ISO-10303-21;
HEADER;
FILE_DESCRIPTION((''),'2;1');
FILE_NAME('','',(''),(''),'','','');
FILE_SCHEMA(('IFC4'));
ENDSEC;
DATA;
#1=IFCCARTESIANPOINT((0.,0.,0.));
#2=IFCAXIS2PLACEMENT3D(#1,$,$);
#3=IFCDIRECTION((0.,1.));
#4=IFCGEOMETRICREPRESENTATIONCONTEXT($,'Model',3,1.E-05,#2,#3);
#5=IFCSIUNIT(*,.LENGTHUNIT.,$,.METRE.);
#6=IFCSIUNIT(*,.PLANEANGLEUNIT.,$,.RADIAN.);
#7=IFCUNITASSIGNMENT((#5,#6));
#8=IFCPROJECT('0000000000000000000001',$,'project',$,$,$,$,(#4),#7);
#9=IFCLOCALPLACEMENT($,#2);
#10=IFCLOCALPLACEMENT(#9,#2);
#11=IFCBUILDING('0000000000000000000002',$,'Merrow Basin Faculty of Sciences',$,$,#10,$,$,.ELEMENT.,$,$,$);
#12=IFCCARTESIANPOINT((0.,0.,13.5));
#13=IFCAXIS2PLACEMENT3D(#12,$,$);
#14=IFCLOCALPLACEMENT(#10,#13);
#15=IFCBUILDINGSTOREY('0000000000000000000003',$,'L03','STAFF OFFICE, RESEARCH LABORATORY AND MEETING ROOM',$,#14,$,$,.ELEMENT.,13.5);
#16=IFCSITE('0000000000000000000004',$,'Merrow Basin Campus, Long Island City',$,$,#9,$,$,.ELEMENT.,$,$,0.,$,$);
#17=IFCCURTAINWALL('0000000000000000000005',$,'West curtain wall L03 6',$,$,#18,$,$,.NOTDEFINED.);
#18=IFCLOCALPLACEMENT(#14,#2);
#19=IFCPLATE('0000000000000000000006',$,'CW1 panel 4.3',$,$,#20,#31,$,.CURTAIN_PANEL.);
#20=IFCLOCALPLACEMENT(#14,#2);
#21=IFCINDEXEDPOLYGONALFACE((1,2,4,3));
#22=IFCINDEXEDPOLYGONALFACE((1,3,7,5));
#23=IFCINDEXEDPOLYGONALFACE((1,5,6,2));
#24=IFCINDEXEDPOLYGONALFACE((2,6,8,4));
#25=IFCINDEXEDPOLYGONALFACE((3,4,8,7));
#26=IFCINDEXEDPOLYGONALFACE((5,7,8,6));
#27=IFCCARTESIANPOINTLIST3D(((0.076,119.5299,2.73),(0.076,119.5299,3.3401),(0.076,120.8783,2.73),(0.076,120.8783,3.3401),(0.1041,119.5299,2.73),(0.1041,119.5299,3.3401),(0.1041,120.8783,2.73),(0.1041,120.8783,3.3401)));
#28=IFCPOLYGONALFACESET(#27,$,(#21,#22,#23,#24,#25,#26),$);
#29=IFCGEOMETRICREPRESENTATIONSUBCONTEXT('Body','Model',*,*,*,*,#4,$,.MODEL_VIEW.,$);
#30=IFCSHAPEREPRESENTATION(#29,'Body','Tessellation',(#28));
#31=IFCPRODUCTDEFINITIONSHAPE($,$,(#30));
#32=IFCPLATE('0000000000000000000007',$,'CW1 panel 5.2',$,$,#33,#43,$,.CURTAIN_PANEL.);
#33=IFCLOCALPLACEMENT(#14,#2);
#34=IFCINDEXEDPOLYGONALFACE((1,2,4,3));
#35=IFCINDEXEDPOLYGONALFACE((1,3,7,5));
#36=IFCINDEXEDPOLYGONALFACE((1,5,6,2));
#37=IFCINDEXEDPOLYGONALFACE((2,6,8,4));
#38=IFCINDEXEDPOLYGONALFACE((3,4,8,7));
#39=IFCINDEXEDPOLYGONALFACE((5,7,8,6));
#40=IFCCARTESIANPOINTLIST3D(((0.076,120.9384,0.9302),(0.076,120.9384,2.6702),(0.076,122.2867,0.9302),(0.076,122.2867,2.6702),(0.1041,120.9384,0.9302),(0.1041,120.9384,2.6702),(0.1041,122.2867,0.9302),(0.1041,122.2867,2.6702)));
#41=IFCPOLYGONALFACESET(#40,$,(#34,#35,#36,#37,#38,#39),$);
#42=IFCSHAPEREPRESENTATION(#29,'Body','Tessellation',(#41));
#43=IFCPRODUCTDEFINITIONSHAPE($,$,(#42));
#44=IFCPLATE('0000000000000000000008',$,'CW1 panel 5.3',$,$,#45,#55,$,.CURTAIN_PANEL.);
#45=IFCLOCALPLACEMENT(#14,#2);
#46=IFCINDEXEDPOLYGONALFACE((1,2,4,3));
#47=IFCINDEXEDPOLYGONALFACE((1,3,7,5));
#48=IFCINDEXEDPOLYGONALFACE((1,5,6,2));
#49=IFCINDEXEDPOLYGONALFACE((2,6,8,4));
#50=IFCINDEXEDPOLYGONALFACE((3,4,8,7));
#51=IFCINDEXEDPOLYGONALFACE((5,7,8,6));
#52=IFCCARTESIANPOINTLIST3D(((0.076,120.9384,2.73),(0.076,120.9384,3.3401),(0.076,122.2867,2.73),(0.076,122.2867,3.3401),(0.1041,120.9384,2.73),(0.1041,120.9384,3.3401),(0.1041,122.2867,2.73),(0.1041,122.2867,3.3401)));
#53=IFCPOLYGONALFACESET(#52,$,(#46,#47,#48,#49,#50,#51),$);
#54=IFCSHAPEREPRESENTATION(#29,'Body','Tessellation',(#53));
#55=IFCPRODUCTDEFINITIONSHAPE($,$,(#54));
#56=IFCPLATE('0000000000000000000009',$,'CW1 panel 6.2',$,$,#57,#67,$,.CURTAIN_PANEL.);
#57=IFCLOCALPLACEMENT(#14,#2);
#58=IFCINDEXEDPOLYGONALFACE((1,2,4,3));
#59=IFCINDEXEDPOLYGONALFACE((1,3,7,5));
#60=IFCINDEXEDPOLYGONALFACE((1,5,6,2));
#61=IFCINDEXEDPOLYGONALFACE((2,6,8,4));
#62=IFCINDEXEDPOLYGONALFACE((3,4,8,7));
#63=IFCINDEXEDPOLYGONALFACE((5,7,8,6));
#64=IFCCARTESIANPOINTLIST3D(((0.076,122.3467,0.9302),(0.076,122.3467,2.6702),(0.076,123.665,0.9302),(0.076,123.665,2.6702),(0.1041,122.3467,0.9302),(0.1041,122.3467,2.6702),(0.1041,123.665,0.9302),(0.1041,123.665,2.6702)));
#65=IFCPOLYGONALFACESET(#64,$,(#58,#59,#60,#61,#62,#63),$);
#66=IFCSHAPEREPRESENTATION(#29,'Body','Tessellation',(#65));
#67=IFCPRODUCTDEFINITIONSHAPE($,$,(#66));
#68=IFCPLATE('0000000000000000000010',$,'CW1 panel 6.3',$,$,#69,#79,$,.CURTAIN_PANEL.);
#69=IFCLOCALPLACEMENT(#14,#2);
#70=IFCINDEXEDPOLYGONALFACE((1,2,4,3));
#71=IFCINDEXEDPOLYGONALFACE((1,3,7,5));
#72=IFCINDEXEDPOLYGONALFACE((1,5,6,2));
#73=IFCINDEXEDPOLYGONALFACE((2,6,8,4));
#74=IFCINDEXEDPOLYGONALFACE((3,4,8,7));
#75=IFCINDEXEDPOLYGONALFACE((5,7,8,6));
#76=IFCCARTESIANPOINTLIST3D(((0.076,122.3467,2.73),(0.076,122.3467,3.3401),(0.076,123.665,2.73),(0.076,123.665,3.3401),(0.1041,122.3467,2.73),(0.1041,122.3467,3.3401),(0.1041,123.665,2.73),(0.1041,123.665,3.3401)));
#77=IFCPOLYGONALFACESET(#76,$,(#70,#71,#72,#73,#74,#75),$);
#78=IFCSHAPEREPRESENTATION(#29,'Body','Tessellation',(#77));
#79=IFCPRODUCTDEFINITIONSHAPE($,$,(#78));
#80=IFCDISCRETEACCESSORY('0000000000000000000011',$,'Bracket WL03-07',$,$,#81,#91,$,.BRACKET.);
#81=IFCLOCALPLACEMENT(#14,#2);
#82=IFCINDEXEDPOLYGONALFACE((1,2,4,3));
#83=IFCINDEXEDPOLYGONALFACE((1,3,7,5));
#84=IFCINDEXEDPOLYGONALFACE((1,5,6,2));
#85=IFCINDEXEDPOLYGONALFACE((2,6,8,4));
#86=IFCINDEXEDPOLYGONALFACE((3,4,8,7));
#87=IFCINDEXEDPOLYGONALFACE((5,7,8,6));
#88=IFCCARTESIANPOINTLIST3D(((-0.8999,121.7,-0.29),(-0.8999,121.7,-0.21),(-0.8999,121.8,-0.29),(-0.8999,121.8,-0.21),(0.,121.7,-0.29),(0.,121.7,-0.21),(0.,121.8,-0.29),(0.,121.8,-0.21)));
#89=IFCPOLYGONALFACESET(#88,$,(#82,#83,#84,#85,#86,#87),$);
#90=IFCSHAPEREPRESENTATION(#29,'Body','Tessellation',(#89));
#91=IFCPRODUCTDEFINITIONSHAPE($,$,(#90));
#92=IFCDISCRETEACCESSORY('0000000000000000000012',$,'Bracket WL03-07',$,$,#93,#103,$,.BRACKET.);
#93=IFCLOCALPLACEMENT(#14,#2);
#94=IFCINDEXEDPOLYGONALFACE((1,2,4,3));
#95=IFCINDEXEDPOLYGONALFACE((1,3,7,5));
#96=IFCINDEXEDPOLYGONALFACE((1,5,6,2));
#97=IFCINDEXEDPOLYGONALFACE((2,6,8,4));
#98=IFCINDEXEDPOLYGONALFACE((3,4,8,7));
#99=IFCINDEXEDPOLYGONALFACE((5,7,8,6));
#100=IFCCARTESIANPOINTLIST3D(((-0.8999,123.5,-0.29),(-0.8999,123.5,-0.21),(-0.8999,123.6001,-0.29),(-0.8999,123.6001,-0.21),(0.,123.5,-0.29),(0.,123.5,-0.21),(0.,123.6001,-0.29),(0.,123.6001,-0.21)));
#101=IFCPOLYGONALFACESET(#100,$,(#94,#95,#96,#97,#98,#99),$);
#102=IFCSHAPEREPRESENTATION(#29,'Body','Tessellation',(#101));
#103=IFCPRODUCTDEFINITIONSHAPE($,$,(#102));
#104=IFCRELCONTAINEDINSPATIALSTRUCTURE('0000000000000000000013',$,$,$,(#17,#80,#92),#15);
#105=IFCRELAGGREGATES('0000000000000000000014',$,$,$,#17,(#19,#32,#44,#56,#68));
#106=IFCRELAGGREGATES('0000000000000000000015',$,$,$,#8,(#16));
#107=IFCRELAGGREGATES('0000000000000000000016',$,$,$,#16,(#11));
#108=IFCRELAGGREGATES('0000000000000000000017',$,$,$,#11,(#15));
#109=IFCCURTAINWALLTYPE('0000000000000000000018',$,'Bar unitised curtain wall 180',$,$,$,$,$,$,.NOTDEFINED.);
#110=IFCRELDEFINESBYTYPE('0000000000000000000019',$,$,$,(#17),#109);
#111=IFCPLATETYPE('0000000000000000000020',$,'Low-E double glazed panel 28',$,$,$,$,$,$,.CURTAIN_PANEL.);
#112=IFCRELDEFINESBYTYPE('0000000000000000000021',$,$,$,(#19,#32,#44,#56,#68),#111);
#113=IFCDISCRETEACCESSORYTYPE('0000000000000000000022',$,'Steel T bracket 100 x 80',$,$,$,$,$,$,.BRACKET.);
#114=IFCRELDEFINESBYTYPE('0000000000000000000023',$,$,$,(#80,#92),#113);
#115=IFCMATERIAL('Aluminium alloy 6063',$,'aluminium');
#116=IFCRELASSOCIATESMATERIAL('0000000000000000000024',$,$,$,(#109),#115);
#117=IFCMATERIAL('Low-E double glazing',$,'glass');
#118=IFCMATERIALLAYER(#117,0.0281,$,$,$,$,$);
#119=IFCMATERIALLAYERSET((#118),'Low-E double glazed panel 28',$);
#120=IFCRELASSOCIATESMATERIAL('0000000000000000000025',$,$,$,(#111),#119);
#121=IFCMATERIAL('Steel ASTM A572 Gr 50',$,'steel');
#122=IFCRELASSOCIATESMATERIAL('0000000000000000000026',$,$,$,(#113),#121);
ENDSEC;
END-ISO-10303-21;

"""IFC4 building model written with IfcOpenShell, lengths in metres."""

from ifc_helpers import new_model, si_unit, direction, frame, origin, origin_2d, place, context, subcontext, project, spatial, polyline, rectangle, outline, extrude, source, transform, mapped, material, layer, layer_set, type_object, element, aggregate, save


model = new_model("IFC4")

# Units and contexts
model_context = context("Model", 3, precision=1e-05, world=origin(), true_north=direction((0.0, 1.0)))
body_context = subcontext(model_context, "Body", "Model", "MODEL_VIEW")
ifc_project = project(units=[si_unit("LENGTHUNIT", "METRE"), si_unit("PLANEANGLEUNIT", "RADIAN")], contexts=[model_context])

# Site, building, storey
site_placement = place(None, origin())
site = spatial("IfcSite", under=ifc_project, at=site_placement, Name="Merrow Basin Campus, Long Island City", CompositionType="ELEMENT", RefElevation=0.0)
building_placement = place(site_placement, origin())
building = spatial("IfcBuilding", under=site, at=building_placement, Name="Merrow Basin Faculty of Sciences", CompositionType="ELEMENT")
storey_placement = place(building_placement, frame((0.0, 0.0, 13.5)))
storey = spatial("IfcBuildingStorey", under=building, at=storey_placement, Name="L03", Description="STAFF OFFICE, RESEARCH LABORATORY AND MEETING ROOM", CompositionType="ELEMENT", Elevation=13.5)

# Curtain wall, plates
ifc_material_1 = material(Name="Aluminium alloy 6063", Category="aluminium")
curtain_wall_type = type_object("IfcCurtainWallType", Name="Bar unitised curtain wall 180", PredefinedType="NOTDEFINED", material=ifc_material_1)
curtain_wall_placement = place(storey_placement, origin())
curtain_wall = element("IfcCurtainWall", 1, at=curtain_wall_placement, inside=storey, type_object=curtain_wall_type, Name="West curtain wall L03 6", PredefinedType="NOTDEFINED")
ifc_material_2 = material(Name="Low-E double glazing", Category="glass")
ifc_layer_1 = layer(ifc_material_2, 0.0281)
ifc_layer_set_1 = layer_set([ifc_layer_1], Name="Low-E double glazed panel 28")
plate_type_1 = type_object("IfcPlateType", Name="Low-E double glazed panel 28", PredefinedType="CURTAIN_PANEL", material=ifc_layer_set_1)
plate_1_placement = place(storey_placement, frame((0.0901, 120.2041, 2.73), z_axis=(0.0, 0.0, 1.0), x_axis=(0.0, 1.0, 0.0)))
plate_1 = element("IfcPlate", 2, at=plate_1_placement, type_object=plate_type_1, Name="CW1 panel 4.3", PredefinedType="CURTAIN_PANEL", context=body_context, shape_type="SweptSolid", body=[
    extrude(rectangle(XDim=1.3484, YDim=0.0281, at=origin_2d()), origin(), (0.0, 0.0, 1.0), 0.6101),
])
plate_2_placement = place(storey_placement, frame((0.0901, 121.6125, 0.9302), z_axis=(0.0, 0.0, 1.0), x_axis=(0.0, 1.0, 0.0)))
plate_2 = element("IfcPlate", 3, at=plate_2_placement, type_object=plate_type_1, Name="CW1 panel 5.2", PredefinedType="CURTAIN_PANEL", context=body_context, shape_type="SweptSolid", body=[
    extrude(rectangle(XDim=1.3484, YDim=0.0281, at=origin_2d()), origin(), (0.0, 0.0, 1.0), 1.74),
])
plate_3_placement = place(storey_placement, frame((0.0901, 121.6125, 2.73), z_axis=(0.0, 0.0, 1.0), x_axis=(0.0, 1.0, 0.0)))
plate_3 = element("IfcPlate", 4, at=plate_3_placement, type_object=plate_type_1, Name="CW1 panel 5.3", PredefinedType="CURTAIN_PANEL", context=body_context, shape_type="SweptSolid", body=[
    extrude(rectangle(XDim=1.3484, YDim=0.0281, at=origin_2d()), origin(), (0.0, 0.0, 1.0), 0.6101),
])
plate_4_placement = place(storey_placement, frame((0.0901, 123.0059, 0.9302), z_axis=(0.0, 0.0, 1.0), x_axis=(0.0, 1.0, 0.0)))
plate_4 = element("IfcPlate", 5, at=plate_4_placement, type_object=plate_type_1, Name="CW1 panel 6.2", PredefinedType="CURTAIN_PANEL", context=body_context, shape_type="SweptSolid", body=[
    extrude(rectangle(XDim=1.3184, YDim=0.0281, at=origin_2d()), origin(), (0.0, 0.0, 1.0), 1.74),
])
plate_5_placement = place(storey_placement, frame((0.0901, 123.0059, 2.73), z_axis=(0.0, 0.0, 1.0), x_axis=(0.0, 1.0, 0.0)))
plate_5 = element("IfcPlate", 6, at=plate_5_placement, type_object=plate_type_1, Name="CW1 panel 6.3", PredefinedType="CURTAIN_PANEL", context=body_context, shape_type="SweptSolid", body=[
    extrude(rectangle(XDim=1.3184, YDim=0.0281, at=origin_2d()), origin(), (0.0, 0.0, 1.0), 0.6101),
])
aggregate(curtain_wall, [plate_1, plate_2, plate_3, plate_4, plate_5])

# Discrete accessories
ifc_material_3 = material(Name="Steel ASTM A572 Gr 50", Category="steel")
discrete_accessory_type = type_object("IfcDiscreteAccessoryType", Name="Steel T bracket 100 x 80", PredefinedType="BRACKET", material=ifc_material_3)
shared_shape = source(origin(), body_context, "Body", "SweptSolid", [
    extrude(outline(polyline([(0.0, 0.0), (0.1001, 0.0), (0.1001, 0.0801), (0.0, 0.0801), (0.0, 0.0)])), origin(), (0.0, 0.0, 1.0), 0.8999),
])
for number, where, z_axis, x_axis, name in (
    (7, (-0.8999, 121.7, -0.29), (1.0, 0.0, 0.0), (0.0, 1.0, 0.0), "Bracket WL03-07"),
    (8, (-0.8999, 123.5, -0.29), (1.0, 0.0, 0.0), (0.0, 1.0, 0.0), "Bracket WL03-07"),
):
    element("IfcDiscreteAccessory", number, at=place(storey_placement, frame(where, z_axis=z_axis, x_axis=x_axis)), inside=storey, type_object=discrete_accessory_type, Name=name, PredefinedType="BRACKET", context=body_context, shape_type="MappedRepresentation", body=[
        mapped(shared_shape, transform((0.0, 0.0, 0.0), scale=1.0)),
    ])

save(model, "model.ifc")
